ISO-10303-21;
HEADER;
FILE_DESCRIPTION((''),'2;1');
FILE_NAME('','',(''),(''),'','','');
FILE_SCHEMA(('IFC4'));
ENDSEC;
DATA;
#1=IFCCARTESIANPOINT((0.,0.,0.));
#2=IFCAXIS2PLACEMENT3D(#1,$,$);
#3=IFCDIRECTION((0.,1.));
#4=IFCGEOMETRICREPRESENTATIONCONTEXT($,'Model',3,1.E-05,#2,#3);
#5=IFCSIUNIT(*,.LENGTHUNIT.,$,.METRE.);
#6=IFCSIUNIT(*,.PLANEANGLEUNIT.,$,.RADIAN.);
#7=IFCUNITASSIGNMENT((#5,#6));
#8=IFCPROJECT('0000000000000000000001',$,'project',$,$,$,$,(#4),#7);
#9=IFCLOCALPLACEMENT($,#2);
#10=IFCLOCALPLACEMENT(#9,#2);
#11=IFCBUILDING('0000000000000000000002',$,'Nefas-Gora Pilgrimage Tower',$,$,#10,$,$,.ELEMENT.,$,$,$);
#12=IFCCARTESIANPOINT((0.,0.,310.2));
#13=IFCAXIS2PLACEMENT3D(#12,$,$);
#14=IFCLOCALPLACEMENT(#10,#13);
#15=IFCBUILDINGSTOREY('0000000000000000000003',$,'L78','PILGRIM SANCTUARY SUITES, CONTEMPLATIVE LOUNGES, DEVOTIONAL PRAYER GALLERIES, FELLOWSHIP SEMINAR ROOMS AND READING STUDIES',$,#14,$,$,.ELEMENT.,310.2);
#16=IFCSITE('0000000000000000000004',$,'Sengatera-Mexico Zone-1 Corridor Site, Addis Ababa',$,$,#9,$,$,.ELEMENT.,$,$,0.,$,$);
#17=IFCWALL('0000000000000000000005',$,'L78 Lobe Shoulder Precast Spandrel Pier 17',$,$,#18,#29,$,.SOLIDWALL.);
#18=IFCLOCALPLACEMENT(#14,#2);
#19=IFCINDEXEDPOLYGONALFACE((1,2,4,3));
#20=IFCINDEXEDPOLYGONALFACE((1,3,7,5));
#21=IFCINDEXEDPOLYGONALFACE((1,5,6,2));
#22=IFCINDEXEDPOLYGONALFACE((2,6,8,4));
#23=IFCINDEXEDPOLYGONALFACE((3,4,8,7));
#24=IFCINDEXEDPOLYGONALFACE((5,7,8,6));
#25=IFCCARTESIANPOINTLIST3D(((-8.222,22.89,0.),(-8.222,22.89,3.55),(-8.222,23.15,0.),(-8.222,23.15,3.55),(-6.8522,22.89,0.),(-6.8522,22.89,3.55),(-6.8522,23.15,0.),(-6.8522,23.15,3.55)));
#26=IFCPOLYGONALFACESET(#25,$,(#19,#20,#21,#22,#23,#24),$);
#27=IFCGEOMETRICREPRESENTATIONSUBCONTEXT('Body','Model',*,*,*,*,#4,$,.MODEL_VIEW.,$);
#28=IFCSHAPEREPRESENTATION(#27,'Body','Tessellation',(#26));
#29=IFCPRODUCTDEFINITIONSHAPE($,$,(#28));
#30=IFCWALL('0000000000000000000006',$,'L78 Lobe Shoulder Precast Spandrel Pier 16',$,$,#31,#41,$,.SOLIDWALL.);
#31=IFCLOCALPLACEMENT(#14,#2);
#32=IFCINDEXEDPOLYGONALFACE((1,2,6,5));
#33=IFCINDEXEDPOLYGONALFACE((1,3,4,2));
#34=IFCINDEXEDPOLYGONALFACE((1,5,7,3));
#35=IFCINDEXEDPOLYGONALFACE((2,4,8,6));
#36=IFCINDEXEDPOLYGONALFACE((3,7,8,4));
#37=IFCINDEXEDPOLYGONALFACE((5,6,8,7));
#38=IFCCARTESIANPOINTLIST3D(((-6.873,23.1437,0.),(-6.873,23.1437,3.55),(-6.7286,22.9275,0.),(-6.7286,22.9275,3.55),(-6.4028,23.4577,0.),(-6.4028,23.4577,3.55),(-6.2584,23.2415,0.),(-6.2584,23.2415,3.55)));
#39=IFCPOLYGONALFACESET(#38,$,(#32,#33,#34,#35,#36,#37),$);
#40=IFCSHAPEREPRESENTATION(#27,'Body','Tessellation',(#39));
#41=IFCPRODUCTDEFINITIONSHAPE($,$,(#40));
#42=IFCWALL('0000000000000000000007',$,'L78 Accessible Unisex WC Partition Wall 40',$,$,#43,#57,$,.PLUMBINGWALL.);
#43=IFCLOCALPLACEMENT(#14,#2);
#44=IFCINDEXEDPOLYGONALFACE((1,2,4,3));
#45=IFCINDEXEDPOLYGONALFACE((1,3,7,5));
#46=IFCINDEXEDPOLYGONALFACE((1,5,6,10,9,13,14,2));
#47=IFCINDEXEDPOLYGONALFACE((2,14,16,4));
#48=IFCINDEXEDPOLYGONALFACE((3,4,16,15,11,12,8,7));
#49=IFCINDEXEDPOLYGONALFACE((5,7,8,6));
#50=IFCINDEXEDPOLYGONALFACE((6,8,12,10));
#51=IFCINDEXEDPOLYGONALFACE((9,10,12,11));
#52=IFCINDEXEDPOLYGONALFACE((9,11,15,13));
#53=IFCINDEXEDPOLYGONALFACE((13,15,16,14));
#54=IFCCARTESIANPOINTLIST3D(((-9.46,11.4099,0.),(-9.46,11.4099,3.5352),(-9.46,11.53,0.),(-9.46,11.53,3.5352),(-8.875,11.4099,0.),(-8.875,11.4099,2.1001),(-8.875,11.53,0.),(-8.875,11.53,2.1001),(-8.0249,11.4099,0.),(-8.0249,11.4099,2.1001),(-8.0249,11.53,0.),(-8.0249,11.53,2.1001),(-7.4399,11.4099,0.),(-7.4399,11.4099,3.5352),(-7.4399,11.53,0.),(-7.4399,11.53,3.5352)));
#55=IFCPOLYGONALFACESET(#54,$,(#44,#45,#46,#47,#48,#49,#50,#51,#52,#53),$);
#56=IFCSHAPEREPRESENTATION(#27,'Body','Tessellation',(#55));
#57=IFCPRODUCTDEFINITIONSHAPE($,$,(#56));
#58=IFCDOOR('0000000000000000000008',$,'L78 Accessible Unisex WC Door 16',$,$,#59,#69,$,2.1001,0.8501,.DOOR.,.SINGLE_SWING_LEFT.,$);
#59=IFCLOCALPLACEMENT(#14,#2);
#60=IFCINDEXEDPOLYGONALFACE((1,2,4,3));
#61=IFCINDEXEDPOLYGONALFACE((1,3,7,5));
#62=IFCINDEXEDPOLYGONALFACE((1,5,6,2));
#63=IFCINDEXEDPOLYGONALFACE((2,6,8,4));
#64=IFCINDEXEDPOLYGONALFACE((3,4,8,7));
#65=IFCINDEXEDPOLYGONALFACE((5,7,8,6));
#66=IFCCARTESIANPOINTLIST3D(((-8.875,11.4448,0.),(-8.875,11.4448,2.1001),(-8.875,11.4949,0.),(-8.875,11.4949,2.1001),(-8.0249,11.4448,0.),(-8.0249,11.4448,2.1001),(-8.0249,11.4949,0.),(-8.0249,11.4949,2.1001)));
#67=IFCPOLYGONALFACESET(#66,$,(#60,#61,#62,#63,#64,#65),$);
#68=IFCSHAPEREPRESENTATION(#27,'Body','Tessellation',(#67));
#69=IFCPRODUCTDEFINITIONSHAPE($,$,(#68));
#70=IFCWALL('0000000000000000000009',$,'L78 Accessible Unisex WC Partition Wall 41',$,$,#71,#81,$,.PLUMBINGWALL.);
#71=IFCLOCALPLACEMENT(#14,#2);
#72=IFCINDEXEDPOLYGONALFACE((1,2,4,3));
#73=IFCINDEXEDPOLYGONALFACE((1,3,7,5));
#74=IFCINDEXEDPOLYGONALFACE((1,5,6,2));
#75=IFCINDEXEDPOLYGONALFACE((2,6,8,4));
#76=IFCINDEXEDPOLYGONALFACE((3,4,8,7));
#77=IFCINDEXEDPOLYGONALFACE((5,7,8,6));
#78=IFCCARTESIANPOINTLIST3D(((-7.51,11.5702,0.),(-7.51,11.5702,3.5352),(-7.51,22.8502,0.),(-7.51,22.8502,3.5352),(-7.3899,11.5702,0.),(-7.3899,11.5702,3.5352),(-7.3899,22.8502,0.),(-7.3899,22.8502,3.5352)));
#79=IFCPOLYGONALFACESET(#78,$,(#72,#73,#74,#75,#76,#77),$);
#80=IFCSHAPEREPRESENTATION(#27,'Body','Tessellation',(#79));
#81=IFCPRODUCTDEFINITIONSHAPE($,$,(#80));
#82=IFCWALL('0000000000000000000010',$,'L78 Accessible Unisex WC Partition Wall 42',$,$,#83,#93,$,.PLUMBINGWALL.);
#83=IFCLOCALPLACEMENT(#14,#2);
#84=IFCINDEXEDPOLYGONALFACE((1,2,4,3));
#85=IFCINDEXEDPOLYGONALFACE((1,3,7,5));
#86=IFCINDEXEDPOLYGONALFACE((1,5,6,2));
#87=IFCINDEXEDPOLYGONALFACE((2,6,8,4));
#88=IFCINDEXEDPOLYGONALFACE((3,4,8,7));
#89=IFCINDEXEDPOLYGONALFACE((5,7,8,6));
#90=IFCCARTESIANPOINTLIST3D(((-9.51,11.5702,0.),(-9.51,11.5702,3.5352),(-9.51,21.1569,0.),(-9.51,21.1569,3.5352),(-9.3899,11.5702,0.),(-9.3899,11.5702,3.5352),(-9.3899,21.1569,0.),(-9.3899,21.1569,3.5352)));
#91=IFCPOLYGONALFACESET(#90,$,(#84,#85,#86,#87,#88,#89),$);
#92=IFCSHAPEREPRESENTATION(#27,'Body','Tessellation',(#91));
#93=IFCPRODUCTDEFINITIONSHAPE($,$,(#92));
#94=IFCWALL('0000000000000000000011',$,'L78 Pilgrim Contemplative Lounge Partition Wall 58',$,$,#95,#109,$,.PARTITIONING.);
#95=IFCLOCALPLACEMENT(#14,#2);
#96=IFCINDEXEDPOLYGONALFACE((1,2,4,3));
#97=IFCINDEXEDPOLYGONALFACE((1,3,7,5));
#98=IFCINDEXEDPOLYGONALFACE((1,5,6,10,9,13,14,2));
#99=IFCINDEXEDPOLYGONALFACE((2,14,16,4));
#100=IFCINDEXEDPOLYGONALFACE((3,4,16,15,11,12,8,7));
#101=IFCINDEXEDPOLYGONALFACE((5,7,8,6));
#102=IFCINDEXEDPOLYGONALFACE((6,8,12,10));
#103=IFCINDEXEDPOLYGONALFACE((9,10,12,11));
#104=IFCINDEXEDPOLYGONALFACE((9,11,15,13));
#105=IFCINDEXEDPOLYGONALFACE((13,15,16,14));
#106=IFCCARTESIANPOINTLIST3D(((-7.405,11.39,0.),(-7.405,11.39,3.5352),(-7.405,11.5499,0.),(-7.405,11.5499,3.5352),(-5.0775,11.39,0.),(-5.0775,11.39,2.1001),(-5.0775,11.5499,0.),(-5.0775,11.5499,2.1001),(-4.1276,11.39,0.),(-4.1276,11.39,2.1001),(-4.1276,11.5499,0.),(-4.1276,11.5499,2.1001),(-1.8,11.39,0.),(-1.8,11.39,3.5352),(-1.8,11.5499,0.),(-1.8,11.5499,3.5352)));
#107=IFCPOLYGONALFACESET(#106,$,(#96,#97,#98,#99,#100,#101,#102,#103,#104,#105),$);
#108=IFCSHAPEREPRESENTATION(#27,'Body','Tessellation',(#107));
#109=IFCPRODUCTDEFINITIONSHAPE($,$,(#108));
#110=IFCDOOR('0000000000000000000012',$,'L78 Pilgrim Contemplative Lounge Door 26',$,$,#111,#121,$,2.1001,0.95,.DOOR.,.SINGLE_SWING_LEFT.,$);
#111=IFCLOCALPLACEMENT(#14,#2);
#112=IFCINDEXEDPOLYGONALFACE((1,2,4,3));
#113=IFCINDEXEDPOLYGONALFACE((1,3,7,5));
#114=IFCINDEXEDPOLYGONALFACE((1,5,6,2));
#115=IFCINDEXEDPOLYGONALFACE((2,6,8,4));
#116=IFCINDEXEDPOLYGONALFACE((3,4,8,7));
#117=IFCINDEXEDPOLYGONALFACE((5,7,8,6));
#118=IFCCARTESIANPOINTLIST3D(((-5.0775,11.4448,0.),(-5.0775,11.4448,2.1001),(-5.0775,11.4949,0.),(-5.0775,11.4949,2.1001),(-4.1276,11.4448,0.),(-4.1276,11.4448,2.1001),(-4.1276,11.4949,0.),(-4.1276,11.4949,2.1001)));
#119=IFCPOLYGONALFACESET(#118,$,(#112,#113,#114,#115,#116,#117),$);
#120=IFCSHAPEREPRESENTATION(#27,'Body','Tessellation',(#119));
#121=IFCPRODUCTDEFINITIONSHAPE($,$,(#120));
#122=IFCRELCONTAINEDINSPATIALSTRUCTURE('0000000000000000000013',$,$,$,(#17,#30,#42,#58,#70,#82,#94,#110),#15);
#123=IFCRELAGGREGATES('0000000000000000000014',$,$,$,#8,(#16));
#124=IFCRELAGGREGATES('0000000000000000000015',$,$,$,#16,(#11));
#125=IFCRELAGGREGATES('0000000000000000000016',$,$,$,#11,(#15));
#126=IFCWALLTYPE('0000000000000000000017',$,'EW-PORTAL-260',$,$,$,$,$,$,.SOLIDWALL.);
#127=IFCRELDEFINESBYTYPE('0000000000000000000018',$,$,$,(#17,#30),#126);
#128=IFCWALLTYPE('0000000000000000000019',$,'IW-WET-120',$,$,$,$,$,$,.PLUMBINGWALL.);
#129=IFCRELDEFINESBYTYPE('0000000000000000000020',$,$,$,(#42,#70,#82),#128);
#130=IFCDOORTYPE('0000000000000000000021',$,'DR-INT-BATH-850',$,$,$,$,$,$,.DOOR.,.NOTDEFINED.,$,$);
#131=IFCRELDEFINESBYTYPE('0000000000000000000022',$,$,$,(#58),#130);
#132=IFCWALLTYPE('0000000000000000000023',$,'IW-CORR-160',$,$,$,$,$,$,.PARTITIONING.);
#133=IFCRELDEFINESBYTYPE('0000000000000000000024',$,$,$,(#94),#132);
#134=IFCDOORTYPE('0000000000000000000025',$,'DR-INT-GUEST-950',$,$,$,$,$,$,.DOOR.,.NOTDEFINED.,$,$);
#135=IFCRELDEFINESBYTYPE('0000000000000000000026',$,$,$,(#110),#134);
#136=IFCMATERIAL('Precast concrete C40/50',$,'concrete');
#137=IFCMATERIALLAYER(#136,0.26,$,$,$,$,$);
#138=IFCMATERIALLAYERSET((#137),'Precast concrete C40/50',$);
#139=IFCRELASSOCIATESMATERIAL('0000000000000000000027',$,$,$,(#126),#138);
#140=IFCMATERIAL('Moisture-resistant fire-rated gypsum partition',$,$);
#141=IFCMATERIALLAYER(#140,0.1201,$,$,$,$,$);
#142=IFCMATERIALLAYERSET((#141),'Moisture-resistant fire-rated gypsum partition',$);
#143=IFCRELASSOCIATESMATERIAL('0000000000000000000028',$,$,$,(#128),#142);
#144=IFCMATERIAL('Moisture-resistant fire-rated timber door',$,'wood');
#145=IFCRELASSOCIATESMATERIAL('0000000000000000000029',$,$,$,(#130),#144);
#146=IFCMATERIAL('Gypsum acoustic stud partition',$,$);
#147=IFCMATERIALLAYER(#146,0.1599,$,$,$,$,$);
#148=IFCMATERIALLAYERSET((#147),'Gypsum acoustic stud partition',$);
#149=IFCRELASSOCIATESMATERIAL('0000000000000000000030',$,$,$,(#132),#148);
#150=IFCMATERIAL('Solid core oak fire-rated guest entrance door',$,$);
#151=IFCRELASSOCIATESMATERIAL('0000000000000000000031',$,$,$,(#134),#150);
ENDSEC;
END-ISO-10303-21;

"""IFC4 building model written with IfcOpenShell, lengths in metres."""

from ifc_helpers import new_model, si_unit, direction, frame, frame_2d, origin, place, context, subcontext, project, spatial, rectangle, extrude, source, transform, mapped, material, layer, layer_set, type_object, element, fill, save


model = new_model("IFC4")

# Units and contexts
model_context = context("Model", 3, precision=1e-05, world=origin(), true_north=direction((0.0, 1.0)))
body_context = subcontext(model_context, "Body", "Model", "MODEL_VIEW")
ifc_project = project(units=[si_unit("LENGTHUNIT", "METRE"), si_unit("PLANEANGLEUNIT", "RADIAN")], contexts=[model_context])

# Site, building, storey
site_placement = place(None, origin())
site = spatial("IfcSite", under=ifc_project, at=site_placement, Name="Sengatera-Mexico Zone-1 Corridor Site, Addis Ababa", CompositionType="ELEMENT", RefElevation=0.0)
building_placement = place(site_placement, origin())
building = spatial("IfcBuilding", under=site, at=building_placement, Name="Nefas-Gora Pilgrimage Tower", CompositionType="ELEMENT")
storey_placement = place(building_placement, frame((0.0, 0.0, 310.2)))
storey = spatial("IfcBuildingStorey", under=building, at=storey_placement, Name="L78", Description="PILGRIM SANCTUARY SUITES, CONTEMPLATIVE LOUNGES, DEVOTIONAL PRAYER GALLERIES, FELLOWSHIP SEMINAR ROOMS AND READING STUDIES", CompositionType="ELEMENT", Elevation=310.2)

# Walls
ifc_material_1 = material(Name="Precast concrete C40/50", Category="concrete")
ifc_layer_1 = layer(ifc_material_1, 0.26)
ifc_layer_set_1 = layer_set([ifc_layer_1], Name="Precast concrete C40/50")
wall_type_1 = type_object("IfcWallType", Name="EW-PORTAL-260", PredefinedType="SOLIDWALL", material=ifc_layer_set_1)
shared_shape_1 = source(origin(), body_context, "Body", "SweptSolid", [
    extrude(rectangle(XDim=1.3699, YDim=0.26, at=frame_2d((0.6851, 0.0))), origin(), (0.0, 0.0, 1.0), 3.55),
])
wall_1_placement = place(storey_placement, frame((-6.8521, 23.02, 0.0), z_axis=(0.0, 0.0, 1.0), x_axis=(-1.0, 0.0, 0.0)))
element("IfcWall", 1, at=wall_1_placement, inside=storey, type_object=wall_type_1, Name="L78 Lobe Shoulder Precast Spandrel Pier 17", PredefinedType="SOLIDWALL", context=body_context, shape_type="MappedRepresentation", body=[
    mapped(shared_shape_1, transform((0.0, 0.0, 0.0), x_axis=(1.0, 0.0, 0.0), y_axis=(0.0, 1.0, 0.0), z_axis=(0.0, 0.0, 1.0), scale=1.0)),
])
shared_shape_2 = source(origin(), body_context, "Body", "SweptSolid", [
    extrude(rectangle(XDim=0.5654, YDim=0.26, at=frame_2d((0.2827, 0.0))), origin(), (0.0, 0.0, 1.0), 3.55),
])
wall_2_placement = place(storey_placement, frame((-6.3306, 23.3496, 0.0), z_axis=(0.0, 0.0, 1.0), x_axis=(-0.831651, -0.555298, 0.0)))
element("IfcWall", 2, at=wall_2_placement, inside=storey, type_object=wall_type_1, Name="L78 Lobe Shoulder Precast Spandrel Pier 16", PredefinedType="SOLIDWALL", context=body_context, shape_type="MappedRepresentation", body=[
    mapped(shared_shape_2, transform((0.0, 0.0, 0.0), x_axis=(1.0, 0.0, 0.0), y_axis=(0.0, 1.0, 0.0), z_axis=(0.0, 0.0, 1.0), scale=1.0)),
])

# Wall, opening, door
ifc_material_2 = material(Name="Moisture-resistant fire-rated gypsum partition")
ifc_layer_2 = layer(ifc_material_2, 0.1201)
ifc_layer_set_2 = layer_set([ifc_layer_2], Name="Moisture-resistant fire-rated gypsum partition")
wall_type_2 = type_object("IfcWallType", Name="IW-WET-120", PredefinedType="PLUMBINGWALL", material=ifc_layer_set_2)
shared_shape_3 = source(origin(), body_context, "Body", "SweptSolid", [
    extrude(rectangle(XDim=2.02, YDim=0.1201, at=frame_2d((1.01, 0.0))), origin(), (0.0, 0.0, 1.0), 3.5352),
])
wall_3_placement = place(storey_placement, frame((-9.46, 11.47, 0.0), z_axis=(0.0, 0.0, 1.0), x_axis=(1.0, 0.0, 0.0)))
wall_3 = element("IfcWall", 3, at=wall_3_placement, inside=storey, type_object=wall_type_2, Name="L78 Accessible Unisex WC Partition Wall 40", PredefinedType="PLUMBINGWALL", context=body_context, shape_type="MappedRepresentation", body=[
    mapped(shared_shape_3, transform((0.0, 0.0, 0.0), x_axis=(1.0, 0.0, 0.0), y_axis=(0.0, 1.0, 0.0), z_axis=(0.0, 0.0, 1.0), scale=1.0)),
])
opening_1_placement = place(wall_3_placement, frame((0.585, 0.0, 0.0)))
opening_1 = element("IfcOpeningElement", 4, at=opening_1_placement, cuts=wall_3, PredefinedType="OPENING", context=body_context, shape_type="SweptSolid", body=[
    extrude(rectangle(XDim=0.8501, YDim=2.1001, at=frame_2d((0.425, 1.05))), frame((0.0, 0.0701, 0.0), z_axis=(0.0, -1.0, 0.0), x_axis=(1.0, 0.0, 0.0)), (0.0, 0.0, 1.0), 0.1401),
])
ifc_material_3 = material(Name="Moisture-resistant fire-rated timber door", Category="wood")
door_type_1 = type_object("IfcDoorType", Name="DR-INT-BATH-850", OperationType="NOTDEFINED", PredefinedType="DOOR", material=ifc_material_3)
shared_shape_4 = source(origin(), body_context, "Body", "SweptSolid", [
    extrude(rectangle(XDim=0.8501, YDim=2.1001, at=frame_2d((0.425, 1.05))), frame((0.0, 0.0249, 0.0), z_axis=(0.0, -1.0, 0.0), x_axis=(1.0, 0.0, 0.0)), (0.0, 0.0, 1.0), 0.05),
])
door_1_placement = place(opening_1_placement, origin())
door_1 = element("IfcDoor", 5, at=door_1_placement, inside=storey, type_object=door_type_1, Name="L78 Accessible Unisex WC Door 16", OperationType="SINGLE_SWING_LEFT", OverallHeight=2.1001, OverallWidth=0.8501, PredefinedType="DOOR", context=body_context, shape_type="MappedRepresentation", body=[
    mapped(shared_shape_4, transform((0.0, 0.0, 0.0), x_axis=(1.0, 0.0, 0.0), y_axis=(0.0, 1.0, 0.0), z_axis=(0.0, 0.0, 1.0), scale=1.0)),
])
fill(opening_1, door_1)

# Walls
shared_shape_5 = source(origin(), body_context, "Body", "SweptSolid", [
    extrude(rectangle(XDim=11.28, YDim=0.1201, at=frame_2d((5.6401, 0.0))), origin(), (0.0, 0.0, 1.0), 3.5352),
])
wall_4_placement = place(storey_placement, frame((-7.45, 11.5701, 0.0), z_axis=(0.0, 0.0, 1.0), x_axis=(0.0, 1.0, 0.0)))
element("IfcWall", 6, at=wall_4_placement, inside=storey, type_object=wall_type_2, Name="L78 Accessible Unisex WC Partition Wall 41", PredefinedType="PLUMBINGWALL", context=body_context, shape_type="MappedRepresentation", body=[
    mapped(shared_shape_5, transform((0.0, 0.0, 0.0), x_axis=(1.0, 0.0, 0.0), y_axis=(0.0, 1.0, 0.0), z_axis=(0.0, 0.0, 1.0), scale=1.0)),
])
shared_shape_6 = source(origin(), body_context, "Body", "SweptSolid", [
    extrude(rectangle(XDim=9.5867, YDim=0.1201, at=frame_2d((4.7935, 0.0))), origin(), (0.0, 0.0, 1.0), 3.5352),
])
wall_5_placement = place(storey_placement, frame((-9.45, 11.5701, 0.0), z_axis=(0.0, 0.0, 1.0), x_axis=(0.0, 1.0, 0.0)))
element("IfcWall", 7, at=wall_5_placement, inside=storey, type_object=wall_type_2, Name="L78 Accessible Unisex WC Partition Wall 42", PredefinedType="PLUMBINGWALL", context=body_context, shape_type="MappedRepresentation", body=[
    mapped(shared_shape_6, transform((0.0, 0.0, 0.0), x_axis=(1.0, 0.0, 0.0), y_axis=(0.0, 1.0, 0.0), z_axis=(0.0, 0.0, 1.0), scale=1.0)),
])

# Wall, opening, door
ifc_material_4 = material(Name="Gypsum acoustic stud partition")
ifc_layer_3 = layer(ifc_material_4, 0.1599)
ifc_layer_set_3 = layer_set([ifc_layer_3], Name="Gypsum acoustic stud partition")
wall_type_3 = type_object("IfcWallType", Name="IW-CORR-160", PredefinedType="PARTITIONING", material=ifc_layer_set_3)
shared_shape_7 = source(origin(), body_context, "Body", "SweptSolid", [
    extrude(rectangle(XDim=5.605, YDim=0.1599, at=frame_2d((2.8025, 0.0))), origin(), (0.0, 0.0, 1.0), 3.5352),
])
wall_6_placement = place(storey_placement, frame((-7.405, 11.47, 0.0), z_axis=(0.0, 0.0, 1.0), x_axis=(1.0, 0.0, 0.0)))
wall_6 = element("IfcWall", 8, at=wall_6_placement, inside=storey, type_object=wall_type_3, Name="L78 Pilgrim Contemplative Lounge Partition Wall 58", PredefinedType="PARTITIONING", context=body_context, shape_type="MappedRepresentation", body=[
    mapped(shared_shape_7, transform((0.0, 0.0, 0.0), x_axis=(1.0, 0.0, 0.0), y_axis=(0.0, 1.0, 0.0), z_axis=(0.0, 0.0, 1.0), scale=1.0)),
])
opening_2_placement = place(wall_6_placement, frame((2.3274, 0.0, 0.0)))
opening_2 = element("IfcOpeningElement", 9, at=opening_2_placement, cuts=wall_6, PredefinedType="OPENING", context=body_context, shape_type="SweptSolid", body=[
    extrude(rectangle(XDim=0.95, YDim=2.1001, at=frame_2d((0.4751, 1.05))), frame((0.0, 0.0898, 0.0), z_axis=(0.0, -1.0, 0.0), x_axis=(1.0, 0.0, 0.0)), (0.0, 0.0, 1.0), 0.1799),
])
ifc_material_5 = material(Name="Solid core oak fire-rated guest entrance door")
door_type_2 = type_object("IfcDoorType", Name="DR-INT-GUEST-950", OperationType="NOTDEFINED", PredefinedType="DOOR", material=ifc_material_5)
shared_shape_8 = source(origin(), body_context, "Body", "SweptSolid", [
    extrude(rectangle(XDim=0.95, YDim=2.1001, at=frame_2d((0.4751, 1.05))), frame((0.0, 0.0249, 0.0), z_axis=(0.0, -1.0, 0.0), x_axis=(1.0, 0.0, 0.0)), (0.0, 0.0, 1.0), 0.05),
])
door_2_placement = place(opening_2_placement, origin())
door_2 = element("IfcDoor", 10, at=door_2_placement, inside=storey, type_object=door_type_2, Name="L78 Pilgrim Contemplative Lounge Door 26", OperationType="SINGLE_SWING_LEFT", OverallHeight=2.1001, OverallWidth=0.95, PredefinedType="DOOR", context=body_context, shape_type="MappedRepresentation", body=[
    mapped(shared_shape_8, transform((0.0, 0.0, 0.0), x_axis=(1.0, 0.0, 0.0), y_axis=(0.0, 1.0, 0.0), z_axis=(0.0, 0.0, 1.0), scale=1.0)),
])
fill(opening_2, door_2)

save(model, "model.ifc")
